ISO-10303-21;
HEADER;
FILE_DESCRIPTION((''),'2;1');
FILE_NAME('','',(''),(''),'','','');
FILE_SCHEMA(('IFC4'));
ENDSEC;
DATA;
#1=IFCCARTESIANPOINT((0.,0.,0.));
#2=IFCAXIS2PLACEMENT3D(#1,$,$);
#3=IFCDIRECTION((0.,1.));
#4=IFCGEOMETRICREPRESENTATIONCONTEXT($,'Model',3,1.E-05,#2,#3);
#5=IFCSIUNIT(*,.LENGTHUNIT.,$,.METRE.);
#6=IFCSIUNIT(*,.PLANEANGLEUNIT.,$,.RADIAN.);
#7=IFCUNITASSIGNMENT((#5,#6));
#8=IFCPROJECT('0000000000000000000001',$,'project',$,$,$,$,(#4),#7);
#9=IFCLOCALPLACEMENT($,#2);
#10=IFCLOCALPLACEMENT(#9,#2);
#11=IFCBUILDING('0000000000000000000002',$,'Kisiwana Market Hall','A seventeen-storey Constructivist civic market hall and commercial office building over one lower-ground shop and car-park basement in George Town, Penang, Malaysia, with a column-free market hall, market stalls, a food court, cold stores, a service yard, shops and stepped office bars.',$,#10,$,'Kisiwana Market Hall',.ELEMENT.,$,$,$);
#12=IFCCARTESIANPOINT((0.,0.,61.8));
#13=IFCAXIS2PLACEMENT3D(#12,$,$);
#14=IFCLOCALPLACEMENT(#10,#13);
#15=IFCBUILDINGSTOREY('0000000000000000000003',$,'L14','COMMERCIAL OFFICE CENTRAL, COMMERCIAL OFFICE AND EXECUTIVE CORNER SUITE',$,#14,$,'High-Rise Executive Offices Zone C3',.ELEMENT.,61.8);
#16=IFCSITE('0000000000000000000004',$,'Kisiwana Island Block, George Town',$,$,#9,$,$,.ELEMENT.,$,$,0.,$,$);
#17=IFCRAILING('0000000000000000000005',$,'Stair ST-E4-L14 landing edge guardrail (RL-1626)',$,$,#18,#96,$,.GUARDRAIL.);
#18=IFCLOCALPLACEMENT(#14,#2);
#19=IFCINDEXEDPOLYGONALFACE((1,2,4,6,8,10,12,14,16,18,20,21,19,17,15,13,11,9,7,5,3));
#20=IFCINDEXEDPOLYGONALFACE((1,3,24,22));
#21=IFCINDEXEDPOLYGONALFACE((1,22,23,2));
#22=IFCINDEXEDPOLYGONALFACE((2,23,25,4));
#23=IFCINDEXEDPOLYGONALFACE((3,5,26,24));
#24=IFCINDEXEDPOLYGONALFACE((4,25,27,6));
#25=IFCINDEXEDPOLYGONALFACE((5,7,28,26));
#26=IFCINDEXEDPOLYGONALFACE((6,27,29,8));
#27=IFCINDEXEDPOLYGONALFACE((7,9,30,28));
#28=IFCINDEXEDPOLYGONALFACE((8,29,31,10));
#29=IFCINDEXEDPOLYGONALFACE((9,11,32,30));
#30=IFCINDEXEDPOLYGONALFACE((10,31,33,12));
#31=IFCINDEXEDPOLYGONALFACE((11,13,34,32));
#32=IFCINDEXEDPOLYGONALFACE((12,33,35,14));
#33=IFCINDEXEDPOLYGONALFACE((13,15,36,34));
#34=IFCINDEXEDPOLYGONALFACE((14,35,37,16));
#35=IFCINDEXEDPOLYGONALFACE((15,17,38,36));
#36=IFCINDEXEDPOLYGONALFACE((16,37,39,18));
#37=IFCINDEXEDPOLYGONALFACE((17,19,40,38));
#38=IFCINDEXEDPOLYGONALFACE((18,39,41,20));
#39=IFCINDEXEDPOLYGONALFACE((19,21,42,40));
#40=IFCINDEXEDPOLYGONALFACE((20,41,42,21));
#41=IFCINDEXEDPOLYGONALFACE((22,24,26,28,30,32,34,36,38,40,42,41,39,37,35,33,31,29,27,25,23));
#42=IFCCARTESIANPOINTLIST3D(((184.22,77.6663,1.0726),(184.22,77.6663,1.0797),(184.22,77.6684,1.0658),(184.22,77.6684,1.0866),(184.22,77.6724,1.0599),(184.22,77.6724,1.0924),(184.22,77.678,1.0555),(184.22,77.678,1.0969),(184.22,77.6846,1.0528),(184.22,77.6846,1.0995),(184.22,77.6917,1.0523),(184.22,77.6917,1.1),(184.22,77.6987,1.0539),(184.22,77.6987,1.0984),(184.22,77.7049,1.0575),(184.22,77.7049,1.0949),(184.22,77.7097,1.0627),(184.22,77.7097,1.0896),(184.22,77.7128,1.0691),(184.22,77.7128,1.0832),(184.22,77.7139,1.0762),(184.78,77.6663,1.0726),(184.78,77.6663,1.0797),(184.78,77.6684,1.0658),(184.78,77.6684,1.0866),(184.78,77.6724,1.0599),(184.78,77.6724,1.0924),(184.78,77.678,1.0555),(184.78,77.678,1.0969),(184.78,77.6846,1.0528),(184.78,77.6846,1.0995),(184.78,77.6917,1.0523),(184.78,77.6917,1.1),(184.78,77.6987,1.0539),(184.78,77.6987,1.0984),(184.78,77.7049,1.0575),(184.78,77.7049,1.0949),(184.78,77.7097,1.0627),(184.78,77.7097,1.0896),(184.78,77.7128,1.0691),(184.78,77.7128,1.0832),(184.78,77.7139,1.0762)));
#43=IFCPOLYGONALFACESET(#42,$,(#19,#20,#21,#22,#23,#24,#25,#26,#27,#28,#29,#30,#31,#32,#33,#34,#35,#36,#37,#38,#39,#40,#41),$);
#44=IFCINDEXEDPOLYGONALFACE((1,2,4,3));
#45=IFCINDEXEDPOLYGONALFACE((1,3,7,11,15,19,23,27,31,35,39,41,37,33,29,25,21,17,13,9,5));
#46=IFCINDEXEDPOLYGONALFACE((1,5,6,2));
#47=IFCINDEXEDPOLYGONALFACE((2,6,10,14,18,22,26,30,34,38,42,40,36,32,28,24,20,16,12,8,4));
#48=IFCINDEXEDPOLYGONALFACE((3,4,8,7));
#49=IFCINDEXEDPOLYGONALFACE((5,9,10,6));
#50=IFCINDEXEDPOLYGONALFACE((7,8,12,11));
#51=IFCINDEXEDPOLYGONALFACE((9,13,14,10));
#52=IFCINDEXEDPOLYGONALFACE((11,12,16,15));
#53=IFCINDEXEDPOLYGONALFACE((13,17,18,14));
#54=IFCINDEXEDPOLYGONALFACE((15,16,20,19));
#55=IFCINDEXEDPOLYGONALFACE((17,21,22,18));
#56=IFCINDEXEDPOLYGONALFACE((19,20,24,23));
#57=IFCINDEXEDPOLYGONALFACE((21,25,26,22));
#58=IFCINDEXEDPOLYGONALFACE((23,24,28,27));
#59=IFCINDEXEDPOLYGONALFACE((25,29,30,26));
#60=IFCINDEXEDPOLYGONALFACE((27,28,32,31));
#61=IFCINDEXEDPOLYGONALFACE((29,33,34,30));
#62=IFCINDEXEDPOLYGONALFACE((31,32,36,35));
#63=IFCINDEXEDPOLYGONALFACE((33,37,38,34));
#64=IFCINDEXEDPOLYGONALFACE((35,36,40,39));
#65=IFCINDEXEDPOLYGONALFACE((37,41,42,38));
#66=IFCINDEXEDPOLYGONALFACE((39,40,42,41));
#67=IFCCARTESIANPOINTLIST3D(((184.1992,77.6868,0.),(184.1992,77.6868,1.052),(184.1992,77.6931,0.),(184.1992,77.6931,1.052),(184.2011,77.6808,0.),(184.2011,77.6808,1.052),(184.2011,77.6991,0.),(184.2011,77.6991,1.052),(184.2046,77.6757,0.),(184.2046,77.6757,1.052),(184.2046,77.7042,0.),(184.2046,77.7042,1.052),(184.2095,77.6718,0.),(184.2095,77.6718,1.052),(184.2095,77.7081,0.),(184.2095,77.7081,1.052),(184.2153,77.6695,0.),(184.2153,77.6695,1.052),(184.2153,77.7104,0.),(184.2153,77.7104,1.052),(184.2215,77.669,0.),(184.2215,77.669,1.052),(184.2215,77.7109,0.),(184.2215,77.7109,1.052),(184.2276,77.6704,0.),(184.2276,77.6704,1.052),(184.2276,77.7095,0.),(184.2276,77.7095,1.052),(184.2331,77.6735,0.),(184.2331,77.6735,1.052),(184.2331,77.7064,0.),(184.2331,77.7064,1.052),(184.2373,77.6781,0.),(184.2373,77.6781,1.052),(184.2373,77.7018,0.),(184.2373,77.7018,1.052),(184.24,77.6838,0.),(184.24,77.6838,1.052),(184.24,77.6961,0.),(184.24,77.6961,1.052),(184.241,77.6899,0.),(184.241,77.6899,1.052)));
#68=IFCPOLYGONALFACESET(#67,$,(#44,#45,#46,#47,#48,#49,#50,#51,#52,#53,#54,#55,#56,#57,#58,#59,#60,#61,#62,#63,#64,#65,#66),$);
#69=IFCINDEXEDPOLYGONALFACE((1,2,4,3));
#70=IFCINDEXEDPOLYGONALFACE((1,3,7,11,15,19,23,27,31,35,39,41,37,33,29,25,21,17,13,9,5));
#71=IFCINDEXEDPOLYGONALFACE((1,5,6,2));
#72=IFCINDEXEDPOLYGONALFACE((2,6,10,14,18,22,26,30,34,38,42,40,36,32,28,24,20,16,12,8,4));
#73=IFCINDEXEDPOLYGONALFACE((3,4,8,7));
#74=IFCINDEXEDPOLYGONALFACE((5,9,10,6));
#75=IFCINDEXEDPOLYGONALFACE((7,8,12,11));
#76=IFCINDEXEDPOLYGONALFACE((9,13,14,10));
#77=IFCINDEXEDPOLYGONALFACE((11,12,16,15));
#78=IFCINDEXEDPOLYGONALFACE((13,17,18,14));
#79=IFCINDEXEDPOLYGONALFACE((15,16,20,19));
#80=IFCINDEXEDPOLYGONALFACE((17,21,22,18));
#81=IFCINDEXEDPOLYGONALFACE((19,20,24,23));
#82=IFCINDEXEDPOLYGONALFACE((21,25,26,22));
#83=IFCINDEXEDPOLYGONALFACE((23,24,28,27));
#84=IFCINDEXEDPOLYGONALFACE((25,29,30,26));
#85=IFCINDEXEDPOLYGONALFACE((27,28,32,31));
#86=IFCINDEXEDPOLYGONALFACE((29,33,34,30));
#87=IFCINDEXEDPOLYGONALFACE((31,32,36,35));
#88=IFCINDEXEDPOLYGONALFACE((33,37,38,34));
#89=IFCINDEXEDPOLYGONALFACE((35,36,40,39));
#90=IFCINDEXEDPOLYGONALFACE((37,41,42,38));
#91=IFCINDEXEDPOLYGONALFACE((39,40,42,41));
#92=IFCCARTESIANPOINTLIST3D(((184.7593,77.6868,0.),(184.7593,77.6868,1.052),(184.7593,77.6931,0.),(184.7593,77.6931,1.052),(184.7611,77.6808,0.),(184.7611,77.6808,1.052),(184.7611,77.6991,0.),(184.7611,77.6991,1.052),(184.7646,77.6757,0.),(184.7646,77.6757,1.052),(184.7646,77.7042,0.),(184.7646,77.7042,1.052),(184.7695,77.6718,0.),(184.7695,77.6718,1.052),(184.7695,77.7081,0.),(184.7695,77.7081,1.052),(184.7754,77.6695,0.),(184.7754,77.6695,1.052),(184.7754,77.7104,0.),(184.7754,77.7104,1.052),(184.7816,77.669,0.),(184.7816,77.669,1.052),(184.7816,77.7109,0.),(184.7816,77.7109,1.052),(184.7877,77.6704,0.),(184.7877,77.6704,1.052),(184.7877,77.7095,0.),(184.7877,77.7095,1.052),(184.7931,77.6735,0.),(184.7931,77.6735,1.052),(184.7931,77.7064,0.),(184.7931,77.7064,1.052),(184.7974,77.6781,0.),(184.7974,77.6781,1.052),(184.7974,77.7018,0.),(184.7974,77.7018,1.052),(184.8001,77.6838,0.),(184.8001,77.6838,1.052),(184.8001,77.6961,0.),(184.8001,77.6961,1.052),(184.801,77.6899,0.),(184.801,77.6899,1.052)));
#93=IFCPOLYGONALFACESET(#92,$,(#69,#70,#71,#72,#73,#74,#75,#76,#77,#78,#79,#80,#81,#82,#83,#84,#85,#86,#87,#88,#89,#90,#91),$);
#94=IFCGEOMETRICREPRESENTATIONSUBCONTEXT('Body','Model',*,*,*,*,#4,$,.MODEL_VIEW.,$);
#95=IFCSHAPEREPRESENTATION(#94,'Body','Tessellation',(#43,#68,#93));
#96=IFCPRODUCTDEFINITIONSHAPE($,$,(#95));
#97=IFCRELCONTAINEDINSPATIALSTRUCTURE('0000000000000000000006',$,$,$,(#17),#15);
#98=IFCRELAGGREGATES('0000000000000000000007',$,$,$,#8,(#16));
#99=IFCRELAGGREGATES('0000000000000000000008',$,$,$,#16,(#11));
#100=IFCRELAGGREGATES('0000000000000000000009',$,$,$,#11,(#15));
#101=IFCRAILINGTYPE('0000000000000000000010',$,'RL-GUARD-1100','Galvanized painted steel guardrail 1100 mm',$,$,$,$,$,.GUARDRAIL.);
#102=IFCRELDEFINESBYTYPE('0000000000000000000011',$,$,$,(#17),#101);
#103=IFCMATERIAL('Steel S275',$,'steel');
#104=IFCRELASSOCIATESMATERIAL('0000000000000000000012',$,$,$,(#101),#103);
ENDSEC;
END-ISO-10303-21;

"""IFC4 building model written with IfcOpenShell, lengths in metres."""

from ifc_helpers import new_model, si_unit, direction, frame, origin, origin_2d, place, context, subcontext, project, spatial, circle, extrude, material, type_object, element, save


model = new_model("IFC4")

# Units and contexts
model_context = context("Model", 3, precision=1e-05, world=origin(), true_north=direction((0.0, 1.0)))
body_context = subcontext(model_context, "Body", "Model", "MODEL_VIEW")
ifc_project = project(units=[si_unit("LENGTHUNIT", "METRE"), si_unit("PLANEANGLEUNIT", "RADIAN")], contexts=[model_context])

# Site, building, storey
site_placement = place(None, origin())
site = spatial("IfcSite", under=ifc_project, at=site_placement, Name="Kisiwana Island Block, George Town", CompositionType="ELEMENT", RefElevation=0.0)
building_placement = place(site_placement, origin())
building = spatial("IfcBuilding", under=site, at=building_placement, Name="Kisiwana Market Hall", Description="A seventeen-storey Constructivist civic market hall and commercial office building over one lower-ground shop and car-park basement in George Town, Penang, Malaysia, with a column-free market hall, market stalls, a food court, cold stores, a service yard, shops and stepped office bars.", LongName="Kisiwana Market Hall", CompositionType="ELEMENT")
storey_placement = place(building_placement, frame((0.0, 0.0, 61.8)))
storey = spatial("IfcBuildingStorey", under=building, at=storey_placement, Name="L14", Description="COMMERCIAL OFFICE CENTRAL, COMMERCIAL OFFICE AND EXECUTIVE CORNER SUITE", LongName="High-Rise Executive Offices Zone C3", CompositionType="ELEMENT", Elevation=61.8)

# Railing
ifc_material_1 = material(Name="Steel S275", Category="steel")
railing_type_1 = type_object("IfcRailingType", Name="RL-GUARD-1100", Description="Galvanized painted steel guardrail 1100 mm", PredefinedType="GUARDRAIL", material=ifc_material_1)
railing_1_placement = place(storey_placement, frame((184.22, 77.6899, 0.0)))
element("IfcRailing", 1, at=railing_1_placement, inside=storey, type_object=railing_type_1, Name="Stair ST-E4-L14 landing edge guardrail (RL-1626)", PredefinedType="GUARDRAIL", context=body_context, shape_type="SweptSolid", body=[
    extrude(circle(Radius=0.0239, at=origin_2d()), frame((0.0, 0.0, 1.0762), z_axis=(1.0, 0.0, 0.0), x_axis=(0.0, 1.0, 0.0)), (0.0, 0.0, 1.0), 0.5601),
    extrude(circle(Radius=0.021, at=origin_2d()), origin(), (0.0, 0.0, 1.0), 1.052),
    extrude(circle(Radius=0.021, at=origin_2d()), frame((0.5601, 0.0, 0.0)), (0.0, 0.0, 1.0), 1.052),
])

save(model, "model.ifc")
